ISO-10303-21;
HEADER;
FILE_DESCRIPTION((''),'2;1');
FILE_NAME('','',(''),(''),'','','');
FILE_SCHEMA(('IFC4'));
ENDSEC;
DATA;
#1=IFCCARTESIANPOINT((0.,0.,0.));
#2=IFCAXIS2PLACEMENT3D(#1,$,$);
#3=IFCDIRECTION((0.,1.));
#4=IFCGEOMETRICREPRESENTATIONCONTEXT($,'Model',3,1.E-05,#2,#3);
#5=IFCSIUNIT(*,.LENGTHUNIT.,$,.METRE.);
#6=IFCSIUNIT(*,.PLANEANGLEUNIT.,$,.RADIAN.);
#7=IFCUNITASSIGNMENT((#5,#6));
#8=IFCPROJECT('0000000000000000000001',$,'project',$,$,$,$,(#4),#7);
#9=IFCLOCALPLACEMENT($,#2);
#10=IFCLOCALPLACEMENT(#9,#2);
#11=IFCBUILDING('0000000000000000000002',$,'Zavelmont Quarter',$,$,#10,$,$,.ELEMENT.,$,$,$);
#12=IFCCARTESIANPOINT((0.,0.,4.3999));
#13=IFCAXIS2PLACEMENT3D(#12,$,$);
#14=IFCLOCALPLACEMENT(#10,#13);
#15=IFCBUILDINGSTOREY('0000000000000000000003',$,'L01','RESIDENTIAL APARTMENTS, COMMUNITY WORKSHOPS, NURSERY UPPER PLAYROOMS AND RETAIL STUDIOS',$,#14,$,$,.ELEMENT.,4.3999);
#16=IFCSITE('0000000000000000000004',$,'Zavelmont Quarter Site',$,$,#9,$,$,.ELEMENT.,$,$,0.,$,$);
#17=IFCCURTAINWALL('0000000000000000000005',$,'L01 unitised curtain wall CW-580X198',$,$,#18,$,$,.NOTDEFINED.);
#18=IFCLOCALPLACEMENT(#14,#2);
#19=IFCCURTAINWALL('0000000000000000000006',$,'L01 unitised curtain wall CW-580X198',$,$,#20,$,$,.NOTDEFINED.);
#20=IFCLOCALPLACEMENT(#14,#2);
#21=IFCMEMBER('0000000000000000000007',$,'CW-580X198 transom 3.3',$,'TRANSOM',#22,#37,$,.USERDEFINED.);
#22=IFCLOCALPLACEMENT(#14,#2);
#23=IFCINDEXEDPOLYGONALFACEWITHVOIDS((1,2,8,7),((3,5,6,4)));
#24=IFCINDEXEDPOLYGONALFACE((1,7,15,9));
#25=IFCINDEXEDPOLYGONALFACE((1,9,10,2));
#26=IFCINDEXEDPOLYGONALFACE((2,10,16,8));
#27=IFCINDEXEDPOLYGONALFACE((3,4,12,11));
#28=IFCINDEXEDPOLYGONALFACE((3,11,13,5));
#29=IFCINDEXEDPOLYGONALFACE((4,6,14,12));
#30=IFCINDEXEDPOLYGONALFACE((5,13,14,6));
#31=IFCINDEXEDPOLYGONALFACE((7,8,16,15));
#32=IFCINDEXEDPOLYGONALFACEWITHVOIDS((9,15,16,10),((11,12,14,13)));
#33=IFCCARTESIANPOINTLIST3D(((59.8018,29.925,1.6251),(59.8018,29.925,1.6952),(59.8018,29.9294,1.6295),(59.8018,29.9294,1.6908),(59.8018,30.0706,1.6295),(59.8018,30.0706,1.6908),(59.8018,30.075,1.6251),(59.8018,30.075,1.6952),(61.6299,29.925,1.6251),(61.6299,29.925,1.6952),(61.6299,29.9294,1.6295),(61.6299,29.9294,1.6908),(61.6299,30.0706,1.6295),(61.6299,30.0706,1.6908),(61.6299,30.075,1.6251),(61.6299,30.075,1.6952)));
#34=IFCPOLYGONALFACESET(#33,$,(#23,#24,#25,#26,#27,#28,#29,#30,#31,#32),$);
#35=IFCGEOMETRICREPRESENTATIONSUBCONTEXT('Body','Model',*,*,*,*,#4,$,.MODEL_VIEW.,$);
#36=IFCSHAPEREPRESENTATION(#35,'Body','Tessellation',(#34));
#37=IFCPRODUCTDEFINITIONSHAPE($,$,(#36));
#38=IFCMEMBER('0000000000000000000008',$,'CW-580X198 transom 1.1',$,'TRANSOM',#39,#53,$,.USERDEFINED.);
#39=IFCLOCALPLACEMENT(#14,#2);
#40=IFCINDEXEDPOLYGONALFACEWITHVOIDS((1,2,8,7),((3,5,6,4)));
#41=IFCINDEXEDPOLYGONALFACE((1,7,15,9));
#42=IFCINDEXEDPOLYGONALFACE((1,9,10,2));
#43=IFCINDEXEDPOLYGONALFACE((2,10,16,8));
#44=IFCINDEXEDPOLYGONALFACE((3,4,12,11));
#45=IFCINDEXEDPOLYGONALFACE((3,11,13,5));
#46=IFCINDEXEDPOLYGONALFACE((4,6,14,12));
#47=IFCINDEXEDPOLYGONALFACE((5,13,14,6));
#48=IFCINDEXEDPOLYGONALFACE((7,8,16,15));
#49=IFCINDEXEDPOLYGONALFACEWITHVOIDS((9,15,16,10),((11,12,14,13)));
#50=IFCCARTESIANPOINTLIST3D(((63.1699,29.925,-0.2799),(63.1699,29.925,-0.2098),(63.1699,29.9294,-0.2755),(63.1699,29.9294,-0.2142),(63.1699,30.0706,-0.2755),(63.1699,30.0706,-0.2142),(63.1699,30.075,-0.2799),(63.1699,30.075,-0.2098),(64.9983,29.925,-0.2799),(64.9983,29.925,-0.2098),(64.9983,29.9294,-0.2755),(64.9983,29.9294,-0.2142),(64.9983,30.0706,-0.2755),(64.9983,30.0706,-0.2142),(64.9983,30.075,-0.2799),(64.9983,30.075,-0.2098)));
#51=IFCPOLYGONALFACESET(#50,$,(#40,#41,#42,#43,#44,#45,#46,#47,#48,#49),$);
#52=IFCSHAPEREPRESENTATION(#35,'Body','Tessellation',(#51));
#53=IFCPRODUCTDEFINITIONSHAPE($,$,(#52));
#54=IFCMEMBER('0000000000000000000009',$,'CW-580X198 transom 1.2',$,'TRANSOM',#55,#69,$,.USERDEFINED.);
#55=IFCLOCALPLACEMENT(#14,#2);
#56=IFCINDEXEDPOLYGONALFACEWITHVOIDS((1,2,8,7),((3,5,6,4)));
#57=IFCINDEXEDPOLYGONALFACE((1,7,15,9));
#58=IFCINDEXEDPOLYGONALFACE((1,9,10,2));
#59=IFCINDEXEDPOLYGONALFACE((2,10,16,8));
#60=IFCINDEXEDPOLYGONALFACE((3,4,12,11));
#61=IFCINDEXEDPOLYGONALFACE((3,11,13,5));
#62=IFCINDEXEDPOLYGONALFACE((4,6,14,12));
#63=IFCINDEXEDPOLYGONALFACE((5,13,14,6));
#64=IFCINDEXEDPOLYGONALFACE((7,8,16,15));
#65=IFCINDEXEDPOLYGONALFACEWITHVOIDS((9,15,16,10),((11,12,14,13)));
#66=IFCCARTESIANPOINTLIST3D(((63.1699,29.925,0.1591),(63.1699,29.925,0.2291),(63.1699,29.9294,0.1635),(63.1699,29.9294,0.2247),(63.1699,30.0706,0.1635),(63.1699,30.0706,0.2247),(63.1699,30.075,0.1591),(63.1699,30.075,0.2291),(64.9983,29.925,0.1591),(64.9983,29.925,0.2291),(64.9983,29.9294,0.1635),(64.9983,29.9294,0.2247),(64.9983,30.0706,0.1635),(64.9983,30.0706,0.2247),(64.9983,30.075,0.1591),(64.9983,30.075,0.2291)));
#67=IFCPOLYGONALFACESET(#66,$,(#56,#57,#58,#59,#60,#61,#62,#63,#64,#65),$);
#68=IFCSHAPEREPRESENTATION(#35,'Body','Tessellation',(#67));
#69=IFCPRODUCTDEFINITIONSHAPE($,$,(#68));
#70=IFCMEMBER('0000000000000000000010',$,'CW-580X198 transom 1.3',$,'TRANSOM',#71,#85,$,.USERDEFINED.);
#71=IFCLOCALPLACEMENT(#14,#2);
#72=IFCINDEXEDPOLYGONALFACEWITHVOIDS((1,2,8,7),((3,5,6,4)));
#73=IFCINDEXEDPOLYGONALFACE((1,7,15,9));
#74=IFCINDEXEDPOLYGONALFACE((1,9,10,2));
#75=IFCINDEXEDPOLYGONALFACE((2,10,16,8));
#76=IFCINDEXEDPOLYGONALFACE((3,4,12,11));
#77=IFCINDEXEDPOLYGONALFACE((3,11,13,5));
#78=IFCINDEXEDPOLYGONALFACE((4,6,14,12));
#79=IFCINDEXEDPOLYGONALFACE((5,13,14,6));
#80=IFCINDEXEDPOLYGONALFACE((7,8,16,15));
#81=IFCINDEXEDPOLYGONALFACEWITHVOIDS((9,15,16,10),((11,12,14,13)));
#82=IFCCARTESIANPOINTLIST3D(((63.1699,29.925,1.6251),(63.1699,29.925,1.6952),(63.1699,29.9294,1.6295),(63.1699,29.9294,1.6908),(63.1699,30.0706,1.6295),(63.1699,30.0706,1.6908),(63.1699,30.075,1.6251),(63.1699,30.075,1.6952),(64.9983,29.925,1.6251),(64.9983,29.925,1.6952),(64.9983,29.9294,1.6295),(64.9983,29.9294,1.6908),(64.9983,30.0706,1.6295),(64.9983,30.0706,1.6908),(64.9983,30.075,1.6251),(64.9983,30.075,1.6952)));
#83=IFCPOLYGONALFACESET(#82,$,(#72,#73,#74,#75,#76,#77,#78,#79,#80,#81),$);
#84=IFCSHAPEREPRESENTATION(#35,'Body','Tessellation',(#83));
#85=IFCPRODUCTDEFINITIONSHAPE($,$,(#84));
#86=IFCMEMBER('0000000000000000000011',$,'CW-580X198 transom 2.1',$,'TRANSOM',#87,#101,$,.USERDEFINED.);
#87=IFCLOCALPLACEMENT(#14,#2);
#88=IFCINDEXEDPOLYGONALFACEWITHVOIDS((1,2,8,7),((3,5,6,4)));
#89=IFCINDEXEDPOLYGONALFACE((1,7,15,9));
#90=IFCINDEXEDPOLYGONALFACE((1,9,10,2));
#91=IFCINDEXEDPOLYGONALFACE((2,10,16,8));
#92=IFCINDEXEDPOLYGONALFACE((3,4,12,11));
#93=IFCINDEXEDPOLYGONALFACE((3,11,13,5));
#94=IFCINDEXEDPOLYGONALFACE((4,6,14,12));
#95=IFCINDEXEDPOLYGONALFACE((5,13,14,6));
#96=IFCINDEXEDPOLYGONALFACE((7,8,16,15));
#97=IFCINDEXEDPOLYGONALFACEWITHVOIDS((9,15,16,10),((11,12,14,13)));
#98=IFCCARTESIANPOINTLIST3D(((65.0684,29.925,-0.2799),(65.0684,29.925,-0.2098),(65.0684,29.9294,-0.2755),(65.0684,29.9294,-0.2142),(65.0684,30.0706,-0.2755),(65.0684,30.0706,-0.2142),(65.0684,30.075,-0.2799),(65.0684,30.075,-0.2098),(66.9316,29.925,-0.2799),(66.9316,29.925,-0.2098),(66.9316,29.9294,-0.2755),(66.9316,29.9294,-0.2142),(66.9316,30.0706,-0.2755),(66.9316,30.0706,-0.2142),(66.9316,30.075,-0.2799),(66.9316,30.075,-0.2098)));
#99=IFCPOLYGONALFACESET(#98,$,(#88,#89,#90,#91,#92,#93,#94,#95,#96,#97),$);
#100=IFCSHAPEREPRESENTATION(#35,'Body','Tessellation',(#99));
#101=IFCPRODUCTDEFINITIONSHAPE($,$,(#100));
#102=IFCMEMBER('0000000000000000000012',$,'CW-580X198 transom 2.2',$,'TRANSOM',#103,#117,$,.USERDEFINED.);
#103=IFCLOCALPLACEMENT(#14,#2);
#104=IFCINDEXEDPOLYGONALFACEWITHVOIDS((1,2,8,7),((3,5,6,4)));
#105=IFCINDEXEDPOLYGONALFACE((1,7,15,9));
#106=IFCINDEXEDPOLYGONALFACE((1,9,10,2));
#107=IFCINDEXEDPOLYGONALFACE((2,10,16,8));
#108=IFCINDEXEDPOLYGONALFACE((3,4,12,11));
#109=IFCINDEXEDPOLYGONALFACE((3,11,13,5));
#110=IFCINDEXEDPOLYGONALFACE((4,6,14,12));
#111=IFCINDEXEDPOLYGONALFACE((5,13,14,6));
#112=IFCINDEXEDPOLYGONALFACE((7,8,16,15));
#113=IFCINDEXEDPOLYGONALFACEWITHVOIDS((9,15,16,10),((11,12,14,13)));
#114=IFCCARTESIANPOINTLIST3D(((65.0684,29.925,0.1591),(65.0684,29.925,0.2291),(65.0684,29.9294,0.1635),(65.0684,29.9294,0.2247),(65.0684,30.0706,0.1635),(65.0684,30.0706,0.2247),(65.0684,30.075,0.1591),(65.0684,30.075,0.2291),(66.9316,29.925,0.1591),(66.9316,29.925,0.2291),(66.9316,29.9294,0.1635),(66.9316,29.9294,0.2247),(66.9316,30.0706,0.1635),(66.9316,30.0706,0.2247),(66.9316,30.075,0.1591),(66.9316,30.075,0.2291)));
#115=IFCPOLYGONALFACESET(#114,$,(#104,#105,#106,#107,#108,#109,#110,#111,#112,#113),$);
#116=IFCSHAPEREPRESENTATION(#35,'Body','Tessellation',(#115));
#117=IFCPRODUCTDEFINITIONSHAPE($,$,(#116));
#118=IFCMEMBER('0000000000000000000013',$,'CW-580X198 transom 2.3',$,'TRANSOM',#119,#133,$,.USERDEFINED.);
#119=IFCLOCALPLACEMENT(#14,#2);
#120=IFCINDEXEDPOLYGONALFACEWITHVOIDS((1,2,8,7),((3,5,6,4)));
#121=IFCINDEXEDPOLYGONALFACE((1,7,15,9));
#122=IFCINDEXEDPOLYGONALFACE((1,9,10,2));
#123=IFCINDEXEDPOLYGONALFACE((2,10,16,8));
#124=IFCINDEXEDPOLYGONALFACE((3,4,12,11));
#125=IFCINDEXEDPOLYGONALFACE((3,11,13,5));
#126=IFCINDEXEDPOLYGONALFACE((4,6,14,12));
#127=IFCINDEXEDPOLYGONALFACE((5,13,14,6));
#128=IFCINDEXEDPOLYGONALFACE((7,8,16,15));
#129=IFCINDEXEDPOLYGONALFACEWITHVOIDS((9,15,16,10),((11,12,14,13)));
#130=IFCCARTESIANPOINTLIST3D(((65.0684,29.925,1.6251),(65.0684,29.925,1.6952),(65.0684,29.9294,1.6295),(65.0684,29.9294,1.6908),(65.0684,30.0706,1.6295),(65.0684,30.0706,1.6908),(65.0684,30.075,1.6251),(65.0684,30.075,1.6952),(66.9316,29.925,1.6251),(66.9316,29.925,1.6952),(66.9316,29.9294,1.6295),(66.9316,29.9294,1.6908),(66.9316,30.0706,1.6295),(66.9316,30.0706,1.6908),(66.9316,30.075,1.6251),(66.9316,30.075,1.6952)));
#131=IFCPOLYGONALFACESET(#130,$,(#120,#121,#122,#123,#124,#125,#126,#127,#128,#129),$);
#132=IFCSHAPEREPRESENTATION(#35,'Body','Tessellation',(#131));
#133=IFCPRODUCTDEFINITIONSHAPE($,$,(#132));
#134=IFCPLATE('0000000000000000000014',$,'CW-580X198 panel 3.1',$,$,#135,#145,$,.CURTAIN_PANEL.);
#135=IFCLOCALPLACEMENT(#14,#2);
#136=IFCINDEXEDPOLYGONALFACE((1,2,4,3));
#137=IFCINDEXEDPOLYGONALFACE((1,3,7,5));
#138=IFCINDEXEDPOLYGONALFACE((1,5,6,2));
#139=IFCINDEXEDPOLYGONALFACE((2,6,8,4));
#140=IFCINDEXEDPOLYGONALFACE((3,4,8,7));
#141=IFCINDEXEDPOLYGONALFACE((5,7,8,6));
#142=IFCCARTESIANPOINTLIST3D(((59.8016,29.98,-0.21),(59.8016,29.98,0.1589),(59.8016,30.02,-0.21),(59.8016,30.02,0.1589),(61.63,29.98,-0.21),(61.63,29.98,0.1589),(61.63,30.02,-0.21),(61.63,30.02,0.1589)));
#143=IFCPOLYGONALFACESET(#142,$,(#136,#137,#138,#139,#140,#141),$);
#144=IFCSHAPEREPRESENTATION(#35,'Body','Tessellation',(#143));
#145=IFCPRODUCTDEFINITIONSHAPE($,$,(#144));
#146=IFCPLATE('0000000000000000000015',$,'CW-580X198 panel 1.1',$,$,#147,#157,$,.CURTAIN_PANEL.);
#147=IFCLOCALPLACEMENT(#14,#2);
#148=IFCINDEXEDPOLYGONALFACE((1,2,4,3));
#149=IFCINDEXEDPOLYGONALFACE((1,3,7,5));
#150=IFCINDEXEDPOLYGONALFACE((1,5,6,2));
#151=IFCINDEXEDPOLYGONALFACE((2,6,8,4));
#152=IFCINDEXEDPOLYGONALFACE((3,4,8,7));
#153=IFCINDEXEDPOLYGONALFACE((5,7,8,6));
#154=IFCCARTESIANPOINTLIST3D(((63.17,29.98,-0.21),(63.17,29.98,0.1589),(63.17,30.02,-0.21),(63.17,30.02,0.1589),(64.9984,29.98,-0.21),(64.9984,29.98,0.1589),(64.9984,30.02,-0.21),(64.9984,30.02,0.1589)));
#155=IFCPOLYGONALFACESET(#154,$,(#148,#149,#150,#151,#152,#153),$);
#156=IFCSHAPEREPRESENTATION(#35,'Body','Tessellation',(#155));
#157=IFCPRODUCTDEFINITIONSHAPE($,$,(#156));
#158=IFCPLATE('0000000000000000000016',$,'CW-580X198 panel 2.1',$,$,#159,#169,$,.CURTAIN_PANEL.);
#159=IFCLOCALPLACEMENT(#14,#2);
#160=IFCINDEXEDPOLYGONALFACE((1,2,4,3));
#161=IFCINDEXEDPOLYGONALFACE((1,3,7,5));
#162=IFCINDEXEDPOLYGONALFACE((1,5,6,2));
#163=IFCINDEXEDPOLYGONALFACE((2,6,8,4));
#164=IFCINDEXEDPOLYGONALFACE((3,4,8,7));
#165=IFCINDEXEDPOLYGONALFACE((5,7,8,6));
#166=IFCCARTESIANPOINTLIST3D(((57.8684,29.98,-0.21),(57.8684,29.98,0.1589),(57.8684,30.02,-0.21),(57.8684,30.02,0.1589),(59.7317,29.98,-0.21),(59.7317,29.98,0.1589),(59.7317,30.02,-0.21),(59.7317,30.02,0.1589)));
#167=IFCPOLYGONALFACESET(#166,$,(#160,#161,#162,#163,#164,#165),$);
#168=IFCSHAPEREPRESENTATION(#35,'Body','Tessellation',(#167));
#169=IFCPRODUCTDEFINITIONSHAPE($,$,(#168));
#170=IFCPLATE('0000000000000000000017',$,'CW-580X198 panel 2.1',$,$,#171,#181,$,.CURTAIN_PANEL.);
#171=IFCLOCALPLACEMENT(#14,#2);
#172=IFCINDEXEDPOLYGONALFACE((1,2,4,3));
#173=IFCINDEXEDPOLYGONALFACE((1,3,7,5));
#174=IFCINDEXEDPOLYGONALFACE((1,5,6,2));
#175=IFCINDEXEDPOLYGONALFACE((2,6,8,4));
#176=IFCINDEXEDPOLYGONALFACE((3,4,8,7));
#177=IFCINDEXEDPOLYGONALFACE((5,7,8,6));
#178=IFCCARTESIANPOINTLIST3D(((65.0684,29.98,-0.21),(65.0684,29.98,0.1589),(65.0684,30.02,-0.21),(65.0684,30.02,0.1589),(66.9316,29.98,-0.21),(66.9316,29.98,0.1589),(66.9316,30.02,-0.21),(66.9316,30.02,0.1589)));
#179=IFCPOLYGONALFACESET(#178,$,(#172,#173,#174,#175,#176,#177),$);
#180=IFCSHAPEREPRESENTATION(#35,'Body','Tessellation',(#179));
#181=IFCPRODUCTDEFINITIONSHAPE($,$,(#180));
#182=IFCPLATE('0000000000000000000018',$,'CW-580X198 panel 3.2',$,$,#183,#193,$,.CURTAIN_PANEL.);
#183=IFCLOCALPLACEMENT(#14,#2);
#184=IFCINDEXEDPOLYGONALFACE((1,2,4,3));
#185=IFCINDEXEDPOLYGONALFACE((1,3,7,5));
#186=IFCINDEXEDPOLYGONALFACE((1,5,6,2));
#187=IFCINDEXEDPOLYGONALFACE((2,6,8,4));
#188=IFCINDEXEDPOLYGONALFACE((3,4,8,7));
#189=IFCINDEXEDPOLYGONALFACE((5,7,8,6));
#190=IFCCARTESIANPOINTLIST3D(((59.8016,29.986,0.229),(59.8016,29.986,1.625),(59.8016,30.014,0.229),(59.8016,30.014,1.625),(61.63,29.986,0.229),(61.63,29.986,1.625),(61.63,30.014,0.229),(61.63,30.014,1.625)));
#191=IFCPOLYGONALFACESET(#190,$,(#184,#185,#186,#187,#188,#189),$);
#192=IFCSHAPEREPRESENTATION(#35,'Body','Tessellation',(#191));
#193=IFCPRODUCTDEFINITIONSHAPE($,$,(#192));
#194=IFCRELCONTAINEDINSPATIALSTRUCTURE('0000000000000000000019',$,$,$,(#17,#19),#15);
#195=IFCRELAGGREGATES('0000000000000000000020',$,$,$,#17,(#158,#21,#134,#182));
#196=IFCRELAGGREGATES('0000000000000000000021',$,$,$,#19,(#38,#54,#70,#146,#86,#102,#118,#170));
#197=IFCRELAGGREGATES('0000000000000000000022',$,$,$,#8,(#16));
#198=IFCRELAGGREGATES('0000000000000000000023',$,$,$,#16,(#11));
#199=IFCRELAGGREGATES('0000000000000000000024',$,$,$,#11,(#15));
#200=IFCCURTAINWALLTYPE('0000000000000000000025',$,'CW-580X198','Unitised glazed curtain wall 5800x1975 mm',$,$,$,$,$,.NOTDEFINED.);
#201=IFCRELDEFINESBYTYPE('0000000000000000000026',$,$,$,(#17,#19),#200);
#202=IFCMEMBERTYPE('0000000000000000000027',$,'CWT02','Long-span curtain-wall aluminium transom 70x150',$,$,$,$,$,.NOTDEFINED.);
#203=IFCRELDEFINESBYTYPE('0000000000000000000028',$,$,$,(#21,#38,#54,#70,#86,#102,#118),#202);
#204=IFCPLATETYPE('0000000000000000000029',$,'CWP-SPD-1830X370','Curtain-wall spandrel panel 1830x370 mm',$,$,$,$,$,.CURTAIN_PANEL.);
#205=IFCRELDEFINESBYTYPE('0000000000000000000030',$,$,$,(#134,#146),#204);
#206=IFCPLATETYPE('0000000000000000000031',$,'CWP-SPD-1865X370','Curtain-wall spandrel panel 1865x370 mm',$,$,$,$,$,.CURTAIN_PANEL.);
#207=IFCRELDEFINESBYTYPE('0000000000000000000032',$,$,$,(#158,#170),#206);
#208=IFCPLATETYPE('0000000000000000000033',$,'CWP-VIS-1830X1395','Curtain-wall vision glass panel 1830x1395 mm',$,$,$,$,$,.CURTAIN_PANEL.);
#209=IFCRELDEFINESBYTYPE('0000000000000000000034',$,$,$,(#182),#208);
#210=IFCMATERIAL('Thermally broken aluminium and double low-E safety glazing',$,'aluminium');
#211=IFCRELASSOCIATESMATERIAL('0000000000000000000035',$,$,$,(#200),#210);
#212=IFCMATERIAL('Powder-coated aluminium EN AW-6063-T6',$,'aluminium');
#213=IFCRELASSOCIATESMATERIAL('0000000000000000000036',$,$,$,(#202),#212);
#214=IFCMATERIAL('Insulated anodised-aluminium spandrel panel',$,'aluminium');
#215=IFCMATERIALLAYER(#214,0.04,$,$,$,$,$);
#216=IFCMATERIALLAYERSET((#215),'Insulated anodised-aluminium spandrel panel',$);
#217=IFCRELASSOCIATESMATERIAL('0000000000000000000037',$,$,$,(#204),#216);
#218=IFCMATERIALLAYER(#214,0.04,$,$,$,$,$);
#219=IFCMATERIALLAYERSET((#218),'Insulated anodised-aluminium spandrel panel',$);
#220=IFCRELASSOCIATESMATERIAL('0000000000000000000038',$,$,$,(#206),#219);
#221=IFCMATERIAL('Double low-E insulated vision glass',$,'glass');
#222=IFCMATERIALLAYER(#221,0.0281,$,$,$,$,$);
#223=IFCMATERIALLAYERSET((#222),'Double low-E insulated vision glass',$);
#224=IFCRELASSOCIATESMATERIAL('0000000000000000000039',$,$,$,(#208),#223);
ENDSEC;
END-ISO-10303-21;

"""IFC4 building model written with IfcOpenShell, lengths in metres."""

from ifc_helpers import new_model, si_unit, direction, frame, origin, origin_2d, place, context, subcontext, project, spatial, rectangle, hollow_rectangle, extrude, material, layer, layer_set, material_profile, profile_set, type_object, element, aggregate, save


model = new_model("IFC4")

# Units and contexts
model_context = context("Model", 3, precision=1e-05, world=origin(), true_north=direction((0.0, 1.0)))
body_context = subcontext(model_context, "Body", "Model", "MODEL_VIEW")
ifc_project = project(units=[si_unit("LENGTHUNIT", "METRE"), si_unit("PLANEANGLEUNIT", "RADIAN")], contexts=[model_context])

# Site, building, storey
site_placement = place(None, origin())
site = spatial("IfcSite", under=ifc_project, at=site_placement, Name="Zavelmont Quarter Site", CompositionType="ELEMENT", RefElevation=0.0)
building_placement = place(site_placement, origin())
building = spatial("IfcBuilding", under=site, at=building_placement, Name="Zavelmont Quarter", CompositionType="ELEMENT")
storey_placement = place(building_placement, frame((0.0, 0.0, 4.3999)))
storey = spatial("IfcBuildingStorey", under=building, at=storey_placement, Name="L01", Description="RESIDENTIAL APARTMENTS, COMMUNITY WORKSHOPS, NURSERY UPPER PLAYROOMS AND RETAIL STUDIOS", CompositionType="ELEMENT", Elevation=4.3999)

# Curtain walls
ifc_material_1 = material(Name="Thermally broken aluminium and double low-E safety glazing", Category="aluminium")
curtain_wall_type = type_object("IfcCurtainWallType", Name="CW-580X198", Description="Unitised glazed curtain wall 5800x1975 mm", PredefinedType="NOTDEFINED", material=ifc_material_1)
curtain_wall_1_placement = place(storey_placement, origin())
curtain_wall_1 = element("IfcCurtainWall", 1, at=curtain_wall_1_placement, inside=storey, type_object=curtain_wall_type, Name="L01 unitised curtain wall CW-580X198", PredefinedType="NOTDEFINED")
ifc_material_2 = material(Name="Powder-coated aluminium EN AW-6063-T6", Category="aluminium")
curtain_wall_2_placement = place(storey_placement, origin())
curtain_wall_2 = element("IfcCurtainWall", 2, at=curtain_wall_2_placement, inside=storey, type_object=curtain_wall_type, Name="L01 unitised curtain wall CW-580X198", PredefinedType="NOTDEFINED")

# Members
ifc_material_profile_1 = material_profile(ifc_material_2, hollow_rectangle(XDim=0.1499, YDim=0.0701, WallThickness=0.0044, at=origin_2d()), Name="CWT70X150")
ifc_profile_set_1 = profile_set([ifc_material_profile_1], Name="Powder-coated aluminium EN AW-6063-T6")
member_type_1 = type_object("IfcMemberType", Name="CWT02", Description="Long-span curtain-wall aluminium transom 70x150", PredefinedType="NOTDEFINED", material=ifc_profile_set_1)
member_1_placement = place(storey_placement, frame((59.8018, 30.0, 1.6602), z_axis=(1.0, 0.0, 0.0), x_axis=(0.0, 1.0, 0.0)))
member_1 = element("IfcMember", 3, at=member_1_placement, type_object=member_type_1, Name="CW-580X198 transom 3.3", ObjectType="TRANSOM", PredefinedType="USERDEFINED", context=body_context, shape_type="SweptSolid", body=[
    extrude(hollow_rectangle(XDim=0.1499, YDim=0.0701, WallThickness=0.0044, at=origin_2d()), origin(), (0.0, 0.0, 1.0), 1.8281),
])
member_2_placement = place(storey_placement, frame((63.1699, 30.0, -0.2449), z_axis=(1.0, 0.0, 0.0), x_axis=(0.0, 1.0, 0.0)))
member_2 = element("IfcMember", 4, at=member_2_placement, type_object=member_type_1, Name="CW-580X198 transom 1.1", ObjectType="TRANSOM", PredefinedType="USERDEFINED", context=body_context, shape_type="SweptSolid", body=[
    extrude(hollow_rectangle(XDim=0.1499, YDim=0.0701, WallThickness=0.0044, at=origin_2d()), origin(), (0.0, 0.0, 1.0), 1.8284),
])
member_3_placement = place(storey_placement, frame((63.1699, 30.0, 0.1941), z_axis=(1.0, 0.0, 0.0), x_axis=(0.0, 1.0, 0.0)))
member_3 = element("IfcMember", 5, at=member_3_placement, type_object=member_type_1, Name="CW-580X198 transom 1.2", ObjectType="TRANSOM", PredefinedType="USERDEFINED", context=body_context, shape_type="SweptSolid", body=[
    extrude(hollow_rectangle(XDim=0.1499, YDim=0.0701, WallThickness=0.0044, at=origin_2d()), origin(), (0.0, 0.0, 1.0), 1.8284),
])
member_4_placement = place(storey_placement, frame((63.1699, 30.0, 1.6602), z_axis=(1.0, 0.0, 0.0), x_axis=(0.0, 1.0, 0.0)))
member_4 = element("IfcMember", 6, at=member_4_placement, type_object=member_type_1, Name="CW-580X198 transom 1.3", ObjectType="TRANSOM", PredefinedType="USERDEFINED", context=body_context, shape_type="SweptSolid", body=[
    extrude(hollow_rectangle(XDim=0.1499, YDim=0.0701, WallThickness=0.0044, at=origin_2d()), origin(), (0.0, 0.0, 1.0), 1.8284),
])
member_5_placement = place(storey_placement, frame((65.0684, 30.0, -0.2449), z_axis=(1.0, 0.0, 0.0), x_axis=(0.0, 1.0, 0.0)))
member_5 = element("IfcMember", 7, at=member_5_placement, type_object=member_type_1, Name="CW-580X198 transom 2.1", ObjectType="TRANSOM", PredefinedType="USERDEFINED", context=body_context, shape_type="SweptSolid", body=[
    extrude(hollow_rectangle(XDim=0.1499, YDim=0.0701, WallThickness=0.0044, at=origin_2d()), origin(), (0.0, 0.0, 1.0), 1.8633),
])
member_6_placement = place(storey_placement, frame((65.0684, 30.0, 0.1941), z_axis=(1.0, 0.0, 0.0), x_axis=(0.0, 1.0, 0.0)))
member_6 = element("IfcMember", 8, at=member_6_placement, type_object=member_type_1, Name="CW-580X198 transom 2.2", ObjectType="TRANSOM", PredefinedType="USERDEFINED", context=body_context, shape_type="SweptSolid", body=[
    extrude(hollow_rectangle(XDim=0.1499, YDim=0.0701, WallThickness=0.0044, at=origin_2d()), origin(), (0.0, 0.0, 1.0), 1.8633),
])
member_7_placement = place(storey_placement, frame((65.0684, 30.0, 1.6602), z_axis=(1.0, 0.0, 0.0), x_axis=(0.0, 1.0, 0.0)))
member_7 = element("IfcMember", 9, at=member_7_placement, type_object=member_type_1, Name="CW-580X198 transom 2.3", ObjectType="TRANSOM", PredefinedType="USERDEFINED", context=body_context, shape_type="SweptSolid", body=[
    extrude(hollow_rectangle(XDim=0.1499, YDim=0.0701, WallThickness=0.0044, at=origin_2d()), origin(), (0.0, 0.0, 1.0), 1.8633),
])

# Plates
ifc_material_3 = material(Name="Insulated anodised-aluminium spandrel panel", Category="aluminium")
ifc_layer_1 = layer(ifc_material_3, 0.04)
ifc_layer_set_1 = layer_set([ifc_layer_1], Name="Insulated anodised-aluminium spandrel panel")
plate_type_1 = type_object("IfcPlateType", Name="CWP-SPD-1830X370", Description="Curtain-wall spandrel panel 1830x370 mm", PredefinedType="CURTAIN_PANEL", material=ifc_layer_set_1)
plate_1_placement = place(storey_placement, frame((60.7158, 30.0, -0.21), z_axis=(0.0, 0.0, 1.0), x_axis=(1.0, 0.0, 0.0)))
plate_1 = element("IfcPlate", 10, at=plate_1_placement, type_object=plate_type_1, Name="CW-580X198 panel 3.1", PredefinedType="CURTAIN_PANEL", context=body_context, shape_type="SweptSolid", body=[
    extrude(rectangle(XDim=1.8284, YDim=0.04, at=origin_2d()), origin(), (0.0, 0.0, 1.0), 0.3689),
])
plate_2_placement = place(storey_placement, frame((64.0842, 30.0, -0.21), z_axis=(0.0, 0.0, 1.0), x_axis=(1.0, 0.0, 0.0)))
plate_2 = element("IfcPlate", 11, at=plate_2_placement, type_object=plate_type_1, Name="CW-580X198 panel 1.1", PredefinedType="CURTAIN_PANEL", context=body_context, shape_type="SweptSolid", body=[
    extrude(rectangle(XDim=1.8284, YDim=0.04, at=origin_2d()), origin(), (0.0, 0.0, 1.0), 0.3689),
])
ifc_layer_2 = layer(ifc_material_3, 0.04)
ifc_layer_set_2 = layer_set([ifc_layer_2], Name="Insulated anodised-aluminium spandrel panel")
plate_type_2 = type_object("IfcPlateType", Name="CWP-SPD-1865X370", Description="Curtain-wall spandrel panel 1865x370 mm", PredefinedType="CURTAIN_PANEL", material=ifc_layer_set_2)
plate_3_placement = place(storey_placement, frame((58.8, 30.0, -0.21), z_axis=(0.0, 0.0, 1.0), x_axis=(1.0, 0.0, 0.0)))
plate_3 = element("IfcPlate", 12, at=plate_3_placement, type_object=plate_type_2, Name="CW-580X198 panel 2.1", PredefinedType="CURTAIN_PANEL", context=body_context, shape_type="SweptSolid", body=[
    extrude(rectangle(XDim=1.8633, YDim=0.04, at=origin_2d()), origin(), (0.0, 0.0, 1.0), 0.3689),
])
plate_4_placement = place(storey_placement, frame((66.0, 30.0, -0.21), z_axis=(0.0, 0.0, 1.0), x_axis=(1.0, 0.0, 0.0)))
plate_4 = element("IfcPlate", 13, at=plate_4_placement, type_object=plate_type_2, Name="CW-580X198 panel 2.1", PredefinedType="CURTAIN_PANEL", context=body_context, shape_type="SweptSolid", body=[
    extrude(rectangle(XDim=1.8633, YDim=0.04, at=origin_2d()), origin(), (0.0, 0.0, 1.0), 0.3689),
])
ifc_material_4 = material(Name="Double low-E insulated vision glass", Category="glass")
ifc_layer_3 = layer(ifc_material_4, 0.0281)
ifc_layer_set_3 = layer_set([ifc_layer_3], Name="Double low-E insulated vision glass")
plate_type_3 = type_object("IfcPlateType", Name="CWP-VIS-1830X1395", Description="Curtain-wall vision glass panel 1830x1395 mm", PredefinedType="CURTAIN_PANEL", material=ifc_layer_set_3)
plate_5_placement = place(storey_placement, frame((60.7158, 30.0, 0.229), z_axis=(0.0, 0.0, 1.0), x_axis=(1.0, 0.0, 0.0)))
plate_5 = element("IfcPlate", 14, at=plate_5_placement, type_object=plate_type_3, Name="CW-580X198 panel 3.2", PredefinedType="CURTAIN_PANEL", context=body_context, shape_type="SweptSolid", body=[
    extrude(rectangle(XDim=1.8284, YDim=0.0281, at=origin_2d()), origin(), (0.0, 0.0, 1.0), 1.396),
])
aggregate(curtain_wall_1, [plate_3, member_1, plate_1, plate_5])
aggregate(curtain_wall_2, [member_2, member_3, member_4, plate_2, member_5, member_6, member_7, plate_4])

save(model, "model.ifc")
